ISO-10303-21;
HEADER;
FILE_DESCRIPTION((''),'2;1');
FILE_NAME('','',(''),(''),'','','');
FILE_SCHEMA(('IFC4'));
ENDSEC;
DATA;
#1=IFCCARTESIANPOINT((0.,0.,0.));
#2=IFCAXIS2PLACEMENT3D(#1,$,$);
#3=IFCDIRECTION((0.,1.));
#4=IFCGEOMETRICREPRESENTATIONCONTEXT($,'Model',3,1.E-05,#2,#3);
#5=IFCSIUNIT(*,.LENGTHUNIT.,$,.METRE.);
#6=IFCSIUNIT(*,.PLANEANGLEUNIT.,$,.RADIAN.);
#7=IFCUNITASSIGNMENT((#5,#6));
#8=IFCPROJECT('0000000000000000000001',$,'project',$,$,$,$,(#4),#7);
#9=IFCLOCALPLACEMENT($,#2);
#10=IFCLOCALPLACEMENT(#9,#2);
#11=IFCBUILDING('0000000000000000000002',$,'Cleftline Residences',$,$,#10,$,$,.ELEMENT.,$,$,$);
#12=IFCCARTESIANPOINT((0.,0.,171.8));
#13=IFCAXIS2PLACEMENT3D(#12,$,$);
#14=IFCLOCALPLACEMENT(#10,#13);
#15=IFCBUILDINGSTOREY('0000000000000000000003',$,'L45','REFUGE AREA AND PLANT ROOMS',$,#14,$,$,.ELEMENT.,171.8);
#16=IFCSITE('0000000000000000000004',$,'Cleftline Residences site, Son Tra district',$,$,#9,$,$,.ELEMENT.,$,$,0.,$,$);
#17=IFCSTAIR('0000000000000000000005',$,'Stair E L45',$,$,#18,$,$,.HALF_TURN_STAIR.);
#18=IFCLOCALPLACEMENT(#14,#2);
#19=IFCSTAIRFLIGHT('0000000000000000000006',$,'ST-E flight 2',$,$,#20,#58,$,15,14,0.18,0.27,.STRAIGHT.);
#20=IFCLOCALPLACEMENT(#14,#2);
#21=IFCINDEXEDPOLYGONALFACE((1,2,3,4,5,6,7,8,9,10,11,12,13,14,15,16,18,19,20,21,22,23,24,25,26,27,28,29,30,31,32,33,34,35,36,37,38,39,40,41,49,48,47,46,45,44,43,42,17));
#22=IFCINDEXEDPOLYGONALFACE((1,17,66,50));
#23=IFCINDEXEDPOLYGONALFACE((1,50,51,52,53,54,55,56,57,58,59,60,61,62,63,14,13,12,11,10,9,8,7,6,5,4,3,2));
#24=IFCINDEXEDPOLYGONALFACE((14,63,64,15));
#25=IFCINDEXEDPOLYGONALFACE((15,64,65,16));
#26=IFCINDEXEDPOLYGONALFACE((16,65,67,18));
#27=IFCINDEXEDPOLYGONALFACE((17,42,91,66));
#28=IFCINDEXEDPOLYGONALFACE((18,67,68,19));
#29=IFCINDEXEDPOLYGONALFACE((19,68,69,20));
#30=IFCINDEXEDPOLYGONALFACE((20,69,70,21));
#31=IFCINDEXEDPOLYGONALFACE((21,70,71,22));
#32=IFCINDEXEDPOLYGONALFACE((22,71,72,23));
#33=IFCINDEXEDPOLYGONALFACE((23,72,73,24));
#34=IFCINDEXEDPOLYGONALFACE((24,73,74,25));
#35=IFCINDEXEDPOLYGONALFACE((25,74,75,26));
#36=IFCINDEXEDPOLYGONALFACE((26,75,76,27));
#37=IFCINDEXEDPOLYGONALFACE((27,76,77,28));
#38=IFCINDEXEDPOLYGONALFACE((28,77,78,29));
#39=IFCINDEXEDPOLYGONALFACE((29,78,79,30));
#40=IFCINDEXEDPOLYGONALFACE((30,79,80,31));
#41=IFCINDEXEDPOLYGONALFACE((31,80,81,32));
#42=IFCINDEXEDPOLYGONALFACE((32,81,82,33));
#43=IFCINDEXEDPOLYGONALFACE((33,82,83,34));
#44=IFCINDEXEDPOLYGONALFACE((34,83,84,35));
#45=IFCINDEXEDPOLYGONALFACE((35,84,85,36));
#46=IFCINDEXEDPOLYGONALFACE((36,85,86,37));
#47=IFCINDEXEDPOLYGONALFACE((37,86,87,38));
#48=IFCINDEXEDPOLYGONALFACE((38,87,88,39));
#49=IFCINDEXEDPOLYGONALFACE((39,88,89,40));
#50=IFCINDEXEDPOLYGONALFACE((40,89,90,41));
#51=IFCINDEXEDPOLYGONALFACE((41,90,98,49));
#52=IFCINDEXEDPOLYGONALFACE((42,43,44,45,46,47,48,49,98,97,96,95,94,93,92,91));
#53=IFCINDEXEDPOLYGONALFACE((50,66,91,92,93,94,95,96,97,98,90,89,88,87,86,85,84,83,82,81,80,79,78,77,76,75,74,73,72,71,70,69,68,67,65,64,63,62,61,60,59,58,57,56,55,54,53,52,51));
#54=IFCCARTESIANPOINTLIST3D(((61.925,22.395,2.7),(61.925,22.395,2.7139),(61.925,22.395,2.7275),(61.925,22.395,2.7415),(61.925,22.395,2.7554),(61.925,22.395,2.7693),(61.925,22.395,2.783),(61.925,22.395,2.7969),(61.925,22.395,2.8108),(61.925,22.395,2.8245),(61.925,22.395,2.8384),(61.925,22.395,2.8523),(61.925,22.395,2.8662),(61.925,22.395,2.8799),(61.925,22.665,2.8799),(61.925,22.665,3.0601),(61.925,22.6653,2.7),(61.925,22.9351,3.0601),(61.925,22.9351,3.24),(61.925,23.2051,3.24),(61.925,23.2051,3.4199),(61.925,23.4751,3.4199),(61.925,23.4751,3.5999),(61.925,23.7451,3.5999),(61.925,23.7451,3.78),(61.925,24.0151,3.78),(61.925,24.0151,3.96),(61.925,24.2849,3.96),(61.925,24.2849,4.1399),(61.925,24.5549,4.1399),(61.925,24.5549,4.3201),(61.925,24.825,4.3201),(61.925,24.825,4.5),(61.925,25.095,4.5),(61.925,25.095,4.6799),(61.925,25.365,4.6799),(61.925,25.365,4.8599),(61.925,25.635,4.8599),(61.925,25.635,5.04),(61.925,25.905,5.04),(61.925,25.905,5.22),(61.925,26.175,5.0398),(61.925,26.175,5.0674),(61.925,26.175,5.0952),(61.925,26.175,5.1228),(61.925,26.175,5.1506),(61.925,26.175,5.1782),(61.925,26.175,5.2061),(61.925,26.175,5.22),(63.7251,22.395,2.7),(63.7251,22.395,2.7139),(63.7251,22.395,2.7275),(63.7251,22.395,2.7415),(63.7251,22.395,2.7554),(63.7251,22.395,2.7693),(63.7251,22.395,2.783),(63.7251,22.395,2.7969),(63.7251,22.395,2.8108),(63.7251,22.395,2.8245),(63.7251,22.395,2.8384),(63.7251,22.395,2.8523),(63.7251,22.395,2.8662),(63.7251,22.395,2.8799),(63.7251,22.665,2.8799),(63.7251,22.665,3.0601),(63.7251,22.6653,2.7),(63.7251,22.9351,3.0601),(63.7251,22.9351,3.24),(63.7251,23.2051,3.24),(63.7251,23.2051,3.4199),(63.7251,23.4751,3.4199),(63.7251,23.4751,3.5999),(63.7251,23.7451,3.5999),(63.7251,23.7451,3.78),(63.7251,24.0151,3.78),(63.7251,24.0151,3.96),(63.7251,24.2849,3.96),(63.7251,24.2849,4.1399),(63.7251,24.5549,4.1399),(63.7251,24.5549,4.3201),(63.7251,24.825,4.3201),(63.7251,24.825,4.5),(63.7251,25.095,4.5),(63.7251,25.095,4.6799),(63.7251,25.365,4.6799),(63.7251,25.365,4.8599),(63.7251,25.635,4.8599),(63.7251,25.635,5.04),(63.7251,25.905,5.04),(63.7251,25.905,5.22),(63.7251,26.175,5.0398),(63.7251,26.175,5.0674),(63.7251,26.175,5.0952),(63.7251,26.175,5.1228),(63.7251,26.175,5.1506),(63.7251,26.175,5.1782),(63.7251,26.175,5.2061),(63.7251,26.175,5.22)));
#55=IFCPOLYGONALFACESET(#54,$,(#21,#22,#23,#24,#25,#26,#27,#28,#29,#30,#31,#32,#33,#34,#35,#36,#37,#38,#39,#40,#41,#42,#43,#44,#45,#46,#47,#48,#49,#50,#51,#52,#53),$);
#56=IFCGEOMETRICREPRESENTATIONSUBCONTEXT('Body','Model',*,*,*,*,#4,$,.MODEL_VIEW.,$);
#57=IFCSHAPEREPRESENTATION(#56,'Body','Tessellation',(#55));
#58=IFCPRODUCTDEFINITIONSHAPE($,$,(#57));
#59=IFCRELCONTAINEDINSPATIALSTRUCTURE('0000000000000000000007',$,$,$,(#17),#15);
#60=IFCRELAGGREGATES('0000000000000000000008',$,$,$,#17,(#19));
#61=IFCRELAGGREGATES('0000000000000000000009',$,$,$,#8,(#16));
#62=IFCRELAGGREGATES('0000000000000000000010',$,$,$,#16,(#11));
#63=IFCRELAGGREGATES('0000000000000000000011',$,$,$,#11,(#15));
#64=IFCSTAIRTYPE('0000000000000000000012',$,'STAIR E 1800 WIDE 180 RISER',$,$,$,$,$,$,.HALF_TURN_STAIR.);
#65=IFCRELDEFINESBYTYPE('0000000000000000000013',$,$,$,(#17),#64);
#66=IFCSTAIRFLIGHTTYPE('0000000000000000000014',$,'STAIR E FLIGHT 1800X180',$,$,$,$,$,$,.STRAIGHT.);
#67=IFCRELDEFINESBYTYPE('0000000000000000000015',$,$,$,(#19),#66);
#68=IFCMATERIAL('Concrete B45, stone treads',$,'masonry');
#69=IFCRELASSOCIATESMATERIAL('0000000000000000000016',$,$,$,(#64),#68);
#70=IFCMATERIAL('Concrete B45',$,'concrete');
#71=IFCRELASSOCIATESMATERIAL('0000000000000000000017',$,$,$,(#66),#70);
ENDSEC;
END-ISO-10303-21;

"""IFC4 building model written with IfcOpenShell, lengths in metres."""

from ifc_helpers import new_model, si_unit, direction, frame, origin, place, context, subcontext, project, spatial, polyline, outline, extrude, material, type_object, element, aggregate, save


model = new_model("IFC4")

# Units and contexts
model_context = context("Model", 3, precision=1e-05, world=origin(), true_north=direction((0.0, 1.0)))
body_context = subcontext(model_context, "Body", "Model", "MODEL_VIEW")
ifc_project = project(units=[si_unit("LENGTHUNIT", "METRE"), si_unit("PLANEANGLEUNIT", "RADIAN")], contexts=[model_context])

# Site, building, storey
site_placement = place(None, origin())
site = spatial("IfcSite", under=ifc_project, at=site_placement, Name="Cleftline Residences site, Son Tra district", CompositionType="ELEMENT", RefElevation=0.0)
building_placement = place(site_placement, origin())
building = spatial("IfcBuilding", under=site, at=building_placement, Name="Cleftline Residences", CompositionType="ELEMENT")
storey_placement = place(building_placement, frame((0.0, 0.0, 171.8)))
storey = spatial("IfcBuildingStorey", under=building, at=storey_placement, Name="L45", Description="REFUGE AREA AND PLANT ROOMS", CompositionType="ELEMENT", Elevation=171.8)

# Stair, stair flight
ifc_material_1 = material(Name="Concrete B45, stone treads", Category="masonry")
stair_type = type_object("IfcStairType", Name="STAIR E 1800 WIDE 180 RISER", PredefinedType="HALF_TURN_STAIR", material=ifc_material_1)
stair_placement = place(storey_placement, origin())
stair = element("IfcStair", 1, at=stair_placement, inside=storey, type_object=stair_type, Name="Stair E L45", PredefinedType="HALF_TURN_STAIR")
ifc_material_2 = material(Name="Concrete B45", Category="concrete")
stair_flight_type = type_object("IfcStairFlightType", Name="STAIR E FLIGHT 1800X180", PredefinedType="STRAIGHT", material=ifc_material_2)
stair_flight_placement = place(storey_placement, frame((62.825, 22.395, 2.7), z_axis=(0.0, 0.0, 1.0), x_axis=(0.0, 1.0, 0.0)))
stair_flight = element("IfcStairFlight", 2, at=stair_flight_placement, type_object=stair_flight_type, Name="ST-E flight 2", NumberOfRisers=15, NumberOfTreads=14, PredefinedType="STRAIGHT", RiserHeight=0.18, TreadLength=0.27, context=body_context, shape_type="SweptSolid", body=[
    extrude(outline(polyline([(0.0, 0.0), (0.0, 0.0139), (0.0, 0.0276), (0.0, 0.0415), (0.0, 0.0554), (0.0, 0.0693), (0.0, 0.083), (0.0, 0.0969), (0.0, 0.1108), (0.0, 0.1245), (0.0, 0.1384), (0.0, 0.1523), (0.0, 0.1663), (0.0, 0.1799), (0.27, 0.1799), (0.27, 0.3601), (0.54, 0.3601), (0.54, 0.54), (0.8101, 0.54), (0.8101, 0.72), (1.0801, 0.72), (1.0801, 0.8999), (1.3501, 0.8999), (1.3501, 1.0801), (1.6201, 1.0801), (1.6201, 1.26), (1.8899, 1.26), (1.8899, 1.4399), (2.1599, 1.4399), (2.1599, 1.6201), (2.4299, 1.6201), (2.4299, 1.8), (2.7, 1.8), (2.7, 1.98), (2.97, 1.98), (2.97, 2.1599), (3.24, 2.1599), (3.24, 2.3401), (3.51, 2.3401), (3.51, 2.52), (3.78, 2.52), (3.78, 2.7), (3.78, 2.6724), (3.78, 2.6445), (3.78, 2.6169), (3.78, 2.5891), (3.78, 2.5615), (3.78, 2.5337), (3.78, 2.5061), (3.78, 2.4783), (3.78, 2.4507), (3.78, 2.4229), (3.78, 2.3953), (3.78, 2.3674), (3.78, 2.3398), (0.2703, 0.0), (0.0, 0.0)])), frame((0.0, 0.8999, 0.0), z_axis=(0.0, -1.0, 0.0), x_axis=(1.0, 0.0, 0.0)), (0.0, 0.0, 1.0), 1.8),
])
aggregate(stair, [stair_flight])

save(model, "model.ifc")
